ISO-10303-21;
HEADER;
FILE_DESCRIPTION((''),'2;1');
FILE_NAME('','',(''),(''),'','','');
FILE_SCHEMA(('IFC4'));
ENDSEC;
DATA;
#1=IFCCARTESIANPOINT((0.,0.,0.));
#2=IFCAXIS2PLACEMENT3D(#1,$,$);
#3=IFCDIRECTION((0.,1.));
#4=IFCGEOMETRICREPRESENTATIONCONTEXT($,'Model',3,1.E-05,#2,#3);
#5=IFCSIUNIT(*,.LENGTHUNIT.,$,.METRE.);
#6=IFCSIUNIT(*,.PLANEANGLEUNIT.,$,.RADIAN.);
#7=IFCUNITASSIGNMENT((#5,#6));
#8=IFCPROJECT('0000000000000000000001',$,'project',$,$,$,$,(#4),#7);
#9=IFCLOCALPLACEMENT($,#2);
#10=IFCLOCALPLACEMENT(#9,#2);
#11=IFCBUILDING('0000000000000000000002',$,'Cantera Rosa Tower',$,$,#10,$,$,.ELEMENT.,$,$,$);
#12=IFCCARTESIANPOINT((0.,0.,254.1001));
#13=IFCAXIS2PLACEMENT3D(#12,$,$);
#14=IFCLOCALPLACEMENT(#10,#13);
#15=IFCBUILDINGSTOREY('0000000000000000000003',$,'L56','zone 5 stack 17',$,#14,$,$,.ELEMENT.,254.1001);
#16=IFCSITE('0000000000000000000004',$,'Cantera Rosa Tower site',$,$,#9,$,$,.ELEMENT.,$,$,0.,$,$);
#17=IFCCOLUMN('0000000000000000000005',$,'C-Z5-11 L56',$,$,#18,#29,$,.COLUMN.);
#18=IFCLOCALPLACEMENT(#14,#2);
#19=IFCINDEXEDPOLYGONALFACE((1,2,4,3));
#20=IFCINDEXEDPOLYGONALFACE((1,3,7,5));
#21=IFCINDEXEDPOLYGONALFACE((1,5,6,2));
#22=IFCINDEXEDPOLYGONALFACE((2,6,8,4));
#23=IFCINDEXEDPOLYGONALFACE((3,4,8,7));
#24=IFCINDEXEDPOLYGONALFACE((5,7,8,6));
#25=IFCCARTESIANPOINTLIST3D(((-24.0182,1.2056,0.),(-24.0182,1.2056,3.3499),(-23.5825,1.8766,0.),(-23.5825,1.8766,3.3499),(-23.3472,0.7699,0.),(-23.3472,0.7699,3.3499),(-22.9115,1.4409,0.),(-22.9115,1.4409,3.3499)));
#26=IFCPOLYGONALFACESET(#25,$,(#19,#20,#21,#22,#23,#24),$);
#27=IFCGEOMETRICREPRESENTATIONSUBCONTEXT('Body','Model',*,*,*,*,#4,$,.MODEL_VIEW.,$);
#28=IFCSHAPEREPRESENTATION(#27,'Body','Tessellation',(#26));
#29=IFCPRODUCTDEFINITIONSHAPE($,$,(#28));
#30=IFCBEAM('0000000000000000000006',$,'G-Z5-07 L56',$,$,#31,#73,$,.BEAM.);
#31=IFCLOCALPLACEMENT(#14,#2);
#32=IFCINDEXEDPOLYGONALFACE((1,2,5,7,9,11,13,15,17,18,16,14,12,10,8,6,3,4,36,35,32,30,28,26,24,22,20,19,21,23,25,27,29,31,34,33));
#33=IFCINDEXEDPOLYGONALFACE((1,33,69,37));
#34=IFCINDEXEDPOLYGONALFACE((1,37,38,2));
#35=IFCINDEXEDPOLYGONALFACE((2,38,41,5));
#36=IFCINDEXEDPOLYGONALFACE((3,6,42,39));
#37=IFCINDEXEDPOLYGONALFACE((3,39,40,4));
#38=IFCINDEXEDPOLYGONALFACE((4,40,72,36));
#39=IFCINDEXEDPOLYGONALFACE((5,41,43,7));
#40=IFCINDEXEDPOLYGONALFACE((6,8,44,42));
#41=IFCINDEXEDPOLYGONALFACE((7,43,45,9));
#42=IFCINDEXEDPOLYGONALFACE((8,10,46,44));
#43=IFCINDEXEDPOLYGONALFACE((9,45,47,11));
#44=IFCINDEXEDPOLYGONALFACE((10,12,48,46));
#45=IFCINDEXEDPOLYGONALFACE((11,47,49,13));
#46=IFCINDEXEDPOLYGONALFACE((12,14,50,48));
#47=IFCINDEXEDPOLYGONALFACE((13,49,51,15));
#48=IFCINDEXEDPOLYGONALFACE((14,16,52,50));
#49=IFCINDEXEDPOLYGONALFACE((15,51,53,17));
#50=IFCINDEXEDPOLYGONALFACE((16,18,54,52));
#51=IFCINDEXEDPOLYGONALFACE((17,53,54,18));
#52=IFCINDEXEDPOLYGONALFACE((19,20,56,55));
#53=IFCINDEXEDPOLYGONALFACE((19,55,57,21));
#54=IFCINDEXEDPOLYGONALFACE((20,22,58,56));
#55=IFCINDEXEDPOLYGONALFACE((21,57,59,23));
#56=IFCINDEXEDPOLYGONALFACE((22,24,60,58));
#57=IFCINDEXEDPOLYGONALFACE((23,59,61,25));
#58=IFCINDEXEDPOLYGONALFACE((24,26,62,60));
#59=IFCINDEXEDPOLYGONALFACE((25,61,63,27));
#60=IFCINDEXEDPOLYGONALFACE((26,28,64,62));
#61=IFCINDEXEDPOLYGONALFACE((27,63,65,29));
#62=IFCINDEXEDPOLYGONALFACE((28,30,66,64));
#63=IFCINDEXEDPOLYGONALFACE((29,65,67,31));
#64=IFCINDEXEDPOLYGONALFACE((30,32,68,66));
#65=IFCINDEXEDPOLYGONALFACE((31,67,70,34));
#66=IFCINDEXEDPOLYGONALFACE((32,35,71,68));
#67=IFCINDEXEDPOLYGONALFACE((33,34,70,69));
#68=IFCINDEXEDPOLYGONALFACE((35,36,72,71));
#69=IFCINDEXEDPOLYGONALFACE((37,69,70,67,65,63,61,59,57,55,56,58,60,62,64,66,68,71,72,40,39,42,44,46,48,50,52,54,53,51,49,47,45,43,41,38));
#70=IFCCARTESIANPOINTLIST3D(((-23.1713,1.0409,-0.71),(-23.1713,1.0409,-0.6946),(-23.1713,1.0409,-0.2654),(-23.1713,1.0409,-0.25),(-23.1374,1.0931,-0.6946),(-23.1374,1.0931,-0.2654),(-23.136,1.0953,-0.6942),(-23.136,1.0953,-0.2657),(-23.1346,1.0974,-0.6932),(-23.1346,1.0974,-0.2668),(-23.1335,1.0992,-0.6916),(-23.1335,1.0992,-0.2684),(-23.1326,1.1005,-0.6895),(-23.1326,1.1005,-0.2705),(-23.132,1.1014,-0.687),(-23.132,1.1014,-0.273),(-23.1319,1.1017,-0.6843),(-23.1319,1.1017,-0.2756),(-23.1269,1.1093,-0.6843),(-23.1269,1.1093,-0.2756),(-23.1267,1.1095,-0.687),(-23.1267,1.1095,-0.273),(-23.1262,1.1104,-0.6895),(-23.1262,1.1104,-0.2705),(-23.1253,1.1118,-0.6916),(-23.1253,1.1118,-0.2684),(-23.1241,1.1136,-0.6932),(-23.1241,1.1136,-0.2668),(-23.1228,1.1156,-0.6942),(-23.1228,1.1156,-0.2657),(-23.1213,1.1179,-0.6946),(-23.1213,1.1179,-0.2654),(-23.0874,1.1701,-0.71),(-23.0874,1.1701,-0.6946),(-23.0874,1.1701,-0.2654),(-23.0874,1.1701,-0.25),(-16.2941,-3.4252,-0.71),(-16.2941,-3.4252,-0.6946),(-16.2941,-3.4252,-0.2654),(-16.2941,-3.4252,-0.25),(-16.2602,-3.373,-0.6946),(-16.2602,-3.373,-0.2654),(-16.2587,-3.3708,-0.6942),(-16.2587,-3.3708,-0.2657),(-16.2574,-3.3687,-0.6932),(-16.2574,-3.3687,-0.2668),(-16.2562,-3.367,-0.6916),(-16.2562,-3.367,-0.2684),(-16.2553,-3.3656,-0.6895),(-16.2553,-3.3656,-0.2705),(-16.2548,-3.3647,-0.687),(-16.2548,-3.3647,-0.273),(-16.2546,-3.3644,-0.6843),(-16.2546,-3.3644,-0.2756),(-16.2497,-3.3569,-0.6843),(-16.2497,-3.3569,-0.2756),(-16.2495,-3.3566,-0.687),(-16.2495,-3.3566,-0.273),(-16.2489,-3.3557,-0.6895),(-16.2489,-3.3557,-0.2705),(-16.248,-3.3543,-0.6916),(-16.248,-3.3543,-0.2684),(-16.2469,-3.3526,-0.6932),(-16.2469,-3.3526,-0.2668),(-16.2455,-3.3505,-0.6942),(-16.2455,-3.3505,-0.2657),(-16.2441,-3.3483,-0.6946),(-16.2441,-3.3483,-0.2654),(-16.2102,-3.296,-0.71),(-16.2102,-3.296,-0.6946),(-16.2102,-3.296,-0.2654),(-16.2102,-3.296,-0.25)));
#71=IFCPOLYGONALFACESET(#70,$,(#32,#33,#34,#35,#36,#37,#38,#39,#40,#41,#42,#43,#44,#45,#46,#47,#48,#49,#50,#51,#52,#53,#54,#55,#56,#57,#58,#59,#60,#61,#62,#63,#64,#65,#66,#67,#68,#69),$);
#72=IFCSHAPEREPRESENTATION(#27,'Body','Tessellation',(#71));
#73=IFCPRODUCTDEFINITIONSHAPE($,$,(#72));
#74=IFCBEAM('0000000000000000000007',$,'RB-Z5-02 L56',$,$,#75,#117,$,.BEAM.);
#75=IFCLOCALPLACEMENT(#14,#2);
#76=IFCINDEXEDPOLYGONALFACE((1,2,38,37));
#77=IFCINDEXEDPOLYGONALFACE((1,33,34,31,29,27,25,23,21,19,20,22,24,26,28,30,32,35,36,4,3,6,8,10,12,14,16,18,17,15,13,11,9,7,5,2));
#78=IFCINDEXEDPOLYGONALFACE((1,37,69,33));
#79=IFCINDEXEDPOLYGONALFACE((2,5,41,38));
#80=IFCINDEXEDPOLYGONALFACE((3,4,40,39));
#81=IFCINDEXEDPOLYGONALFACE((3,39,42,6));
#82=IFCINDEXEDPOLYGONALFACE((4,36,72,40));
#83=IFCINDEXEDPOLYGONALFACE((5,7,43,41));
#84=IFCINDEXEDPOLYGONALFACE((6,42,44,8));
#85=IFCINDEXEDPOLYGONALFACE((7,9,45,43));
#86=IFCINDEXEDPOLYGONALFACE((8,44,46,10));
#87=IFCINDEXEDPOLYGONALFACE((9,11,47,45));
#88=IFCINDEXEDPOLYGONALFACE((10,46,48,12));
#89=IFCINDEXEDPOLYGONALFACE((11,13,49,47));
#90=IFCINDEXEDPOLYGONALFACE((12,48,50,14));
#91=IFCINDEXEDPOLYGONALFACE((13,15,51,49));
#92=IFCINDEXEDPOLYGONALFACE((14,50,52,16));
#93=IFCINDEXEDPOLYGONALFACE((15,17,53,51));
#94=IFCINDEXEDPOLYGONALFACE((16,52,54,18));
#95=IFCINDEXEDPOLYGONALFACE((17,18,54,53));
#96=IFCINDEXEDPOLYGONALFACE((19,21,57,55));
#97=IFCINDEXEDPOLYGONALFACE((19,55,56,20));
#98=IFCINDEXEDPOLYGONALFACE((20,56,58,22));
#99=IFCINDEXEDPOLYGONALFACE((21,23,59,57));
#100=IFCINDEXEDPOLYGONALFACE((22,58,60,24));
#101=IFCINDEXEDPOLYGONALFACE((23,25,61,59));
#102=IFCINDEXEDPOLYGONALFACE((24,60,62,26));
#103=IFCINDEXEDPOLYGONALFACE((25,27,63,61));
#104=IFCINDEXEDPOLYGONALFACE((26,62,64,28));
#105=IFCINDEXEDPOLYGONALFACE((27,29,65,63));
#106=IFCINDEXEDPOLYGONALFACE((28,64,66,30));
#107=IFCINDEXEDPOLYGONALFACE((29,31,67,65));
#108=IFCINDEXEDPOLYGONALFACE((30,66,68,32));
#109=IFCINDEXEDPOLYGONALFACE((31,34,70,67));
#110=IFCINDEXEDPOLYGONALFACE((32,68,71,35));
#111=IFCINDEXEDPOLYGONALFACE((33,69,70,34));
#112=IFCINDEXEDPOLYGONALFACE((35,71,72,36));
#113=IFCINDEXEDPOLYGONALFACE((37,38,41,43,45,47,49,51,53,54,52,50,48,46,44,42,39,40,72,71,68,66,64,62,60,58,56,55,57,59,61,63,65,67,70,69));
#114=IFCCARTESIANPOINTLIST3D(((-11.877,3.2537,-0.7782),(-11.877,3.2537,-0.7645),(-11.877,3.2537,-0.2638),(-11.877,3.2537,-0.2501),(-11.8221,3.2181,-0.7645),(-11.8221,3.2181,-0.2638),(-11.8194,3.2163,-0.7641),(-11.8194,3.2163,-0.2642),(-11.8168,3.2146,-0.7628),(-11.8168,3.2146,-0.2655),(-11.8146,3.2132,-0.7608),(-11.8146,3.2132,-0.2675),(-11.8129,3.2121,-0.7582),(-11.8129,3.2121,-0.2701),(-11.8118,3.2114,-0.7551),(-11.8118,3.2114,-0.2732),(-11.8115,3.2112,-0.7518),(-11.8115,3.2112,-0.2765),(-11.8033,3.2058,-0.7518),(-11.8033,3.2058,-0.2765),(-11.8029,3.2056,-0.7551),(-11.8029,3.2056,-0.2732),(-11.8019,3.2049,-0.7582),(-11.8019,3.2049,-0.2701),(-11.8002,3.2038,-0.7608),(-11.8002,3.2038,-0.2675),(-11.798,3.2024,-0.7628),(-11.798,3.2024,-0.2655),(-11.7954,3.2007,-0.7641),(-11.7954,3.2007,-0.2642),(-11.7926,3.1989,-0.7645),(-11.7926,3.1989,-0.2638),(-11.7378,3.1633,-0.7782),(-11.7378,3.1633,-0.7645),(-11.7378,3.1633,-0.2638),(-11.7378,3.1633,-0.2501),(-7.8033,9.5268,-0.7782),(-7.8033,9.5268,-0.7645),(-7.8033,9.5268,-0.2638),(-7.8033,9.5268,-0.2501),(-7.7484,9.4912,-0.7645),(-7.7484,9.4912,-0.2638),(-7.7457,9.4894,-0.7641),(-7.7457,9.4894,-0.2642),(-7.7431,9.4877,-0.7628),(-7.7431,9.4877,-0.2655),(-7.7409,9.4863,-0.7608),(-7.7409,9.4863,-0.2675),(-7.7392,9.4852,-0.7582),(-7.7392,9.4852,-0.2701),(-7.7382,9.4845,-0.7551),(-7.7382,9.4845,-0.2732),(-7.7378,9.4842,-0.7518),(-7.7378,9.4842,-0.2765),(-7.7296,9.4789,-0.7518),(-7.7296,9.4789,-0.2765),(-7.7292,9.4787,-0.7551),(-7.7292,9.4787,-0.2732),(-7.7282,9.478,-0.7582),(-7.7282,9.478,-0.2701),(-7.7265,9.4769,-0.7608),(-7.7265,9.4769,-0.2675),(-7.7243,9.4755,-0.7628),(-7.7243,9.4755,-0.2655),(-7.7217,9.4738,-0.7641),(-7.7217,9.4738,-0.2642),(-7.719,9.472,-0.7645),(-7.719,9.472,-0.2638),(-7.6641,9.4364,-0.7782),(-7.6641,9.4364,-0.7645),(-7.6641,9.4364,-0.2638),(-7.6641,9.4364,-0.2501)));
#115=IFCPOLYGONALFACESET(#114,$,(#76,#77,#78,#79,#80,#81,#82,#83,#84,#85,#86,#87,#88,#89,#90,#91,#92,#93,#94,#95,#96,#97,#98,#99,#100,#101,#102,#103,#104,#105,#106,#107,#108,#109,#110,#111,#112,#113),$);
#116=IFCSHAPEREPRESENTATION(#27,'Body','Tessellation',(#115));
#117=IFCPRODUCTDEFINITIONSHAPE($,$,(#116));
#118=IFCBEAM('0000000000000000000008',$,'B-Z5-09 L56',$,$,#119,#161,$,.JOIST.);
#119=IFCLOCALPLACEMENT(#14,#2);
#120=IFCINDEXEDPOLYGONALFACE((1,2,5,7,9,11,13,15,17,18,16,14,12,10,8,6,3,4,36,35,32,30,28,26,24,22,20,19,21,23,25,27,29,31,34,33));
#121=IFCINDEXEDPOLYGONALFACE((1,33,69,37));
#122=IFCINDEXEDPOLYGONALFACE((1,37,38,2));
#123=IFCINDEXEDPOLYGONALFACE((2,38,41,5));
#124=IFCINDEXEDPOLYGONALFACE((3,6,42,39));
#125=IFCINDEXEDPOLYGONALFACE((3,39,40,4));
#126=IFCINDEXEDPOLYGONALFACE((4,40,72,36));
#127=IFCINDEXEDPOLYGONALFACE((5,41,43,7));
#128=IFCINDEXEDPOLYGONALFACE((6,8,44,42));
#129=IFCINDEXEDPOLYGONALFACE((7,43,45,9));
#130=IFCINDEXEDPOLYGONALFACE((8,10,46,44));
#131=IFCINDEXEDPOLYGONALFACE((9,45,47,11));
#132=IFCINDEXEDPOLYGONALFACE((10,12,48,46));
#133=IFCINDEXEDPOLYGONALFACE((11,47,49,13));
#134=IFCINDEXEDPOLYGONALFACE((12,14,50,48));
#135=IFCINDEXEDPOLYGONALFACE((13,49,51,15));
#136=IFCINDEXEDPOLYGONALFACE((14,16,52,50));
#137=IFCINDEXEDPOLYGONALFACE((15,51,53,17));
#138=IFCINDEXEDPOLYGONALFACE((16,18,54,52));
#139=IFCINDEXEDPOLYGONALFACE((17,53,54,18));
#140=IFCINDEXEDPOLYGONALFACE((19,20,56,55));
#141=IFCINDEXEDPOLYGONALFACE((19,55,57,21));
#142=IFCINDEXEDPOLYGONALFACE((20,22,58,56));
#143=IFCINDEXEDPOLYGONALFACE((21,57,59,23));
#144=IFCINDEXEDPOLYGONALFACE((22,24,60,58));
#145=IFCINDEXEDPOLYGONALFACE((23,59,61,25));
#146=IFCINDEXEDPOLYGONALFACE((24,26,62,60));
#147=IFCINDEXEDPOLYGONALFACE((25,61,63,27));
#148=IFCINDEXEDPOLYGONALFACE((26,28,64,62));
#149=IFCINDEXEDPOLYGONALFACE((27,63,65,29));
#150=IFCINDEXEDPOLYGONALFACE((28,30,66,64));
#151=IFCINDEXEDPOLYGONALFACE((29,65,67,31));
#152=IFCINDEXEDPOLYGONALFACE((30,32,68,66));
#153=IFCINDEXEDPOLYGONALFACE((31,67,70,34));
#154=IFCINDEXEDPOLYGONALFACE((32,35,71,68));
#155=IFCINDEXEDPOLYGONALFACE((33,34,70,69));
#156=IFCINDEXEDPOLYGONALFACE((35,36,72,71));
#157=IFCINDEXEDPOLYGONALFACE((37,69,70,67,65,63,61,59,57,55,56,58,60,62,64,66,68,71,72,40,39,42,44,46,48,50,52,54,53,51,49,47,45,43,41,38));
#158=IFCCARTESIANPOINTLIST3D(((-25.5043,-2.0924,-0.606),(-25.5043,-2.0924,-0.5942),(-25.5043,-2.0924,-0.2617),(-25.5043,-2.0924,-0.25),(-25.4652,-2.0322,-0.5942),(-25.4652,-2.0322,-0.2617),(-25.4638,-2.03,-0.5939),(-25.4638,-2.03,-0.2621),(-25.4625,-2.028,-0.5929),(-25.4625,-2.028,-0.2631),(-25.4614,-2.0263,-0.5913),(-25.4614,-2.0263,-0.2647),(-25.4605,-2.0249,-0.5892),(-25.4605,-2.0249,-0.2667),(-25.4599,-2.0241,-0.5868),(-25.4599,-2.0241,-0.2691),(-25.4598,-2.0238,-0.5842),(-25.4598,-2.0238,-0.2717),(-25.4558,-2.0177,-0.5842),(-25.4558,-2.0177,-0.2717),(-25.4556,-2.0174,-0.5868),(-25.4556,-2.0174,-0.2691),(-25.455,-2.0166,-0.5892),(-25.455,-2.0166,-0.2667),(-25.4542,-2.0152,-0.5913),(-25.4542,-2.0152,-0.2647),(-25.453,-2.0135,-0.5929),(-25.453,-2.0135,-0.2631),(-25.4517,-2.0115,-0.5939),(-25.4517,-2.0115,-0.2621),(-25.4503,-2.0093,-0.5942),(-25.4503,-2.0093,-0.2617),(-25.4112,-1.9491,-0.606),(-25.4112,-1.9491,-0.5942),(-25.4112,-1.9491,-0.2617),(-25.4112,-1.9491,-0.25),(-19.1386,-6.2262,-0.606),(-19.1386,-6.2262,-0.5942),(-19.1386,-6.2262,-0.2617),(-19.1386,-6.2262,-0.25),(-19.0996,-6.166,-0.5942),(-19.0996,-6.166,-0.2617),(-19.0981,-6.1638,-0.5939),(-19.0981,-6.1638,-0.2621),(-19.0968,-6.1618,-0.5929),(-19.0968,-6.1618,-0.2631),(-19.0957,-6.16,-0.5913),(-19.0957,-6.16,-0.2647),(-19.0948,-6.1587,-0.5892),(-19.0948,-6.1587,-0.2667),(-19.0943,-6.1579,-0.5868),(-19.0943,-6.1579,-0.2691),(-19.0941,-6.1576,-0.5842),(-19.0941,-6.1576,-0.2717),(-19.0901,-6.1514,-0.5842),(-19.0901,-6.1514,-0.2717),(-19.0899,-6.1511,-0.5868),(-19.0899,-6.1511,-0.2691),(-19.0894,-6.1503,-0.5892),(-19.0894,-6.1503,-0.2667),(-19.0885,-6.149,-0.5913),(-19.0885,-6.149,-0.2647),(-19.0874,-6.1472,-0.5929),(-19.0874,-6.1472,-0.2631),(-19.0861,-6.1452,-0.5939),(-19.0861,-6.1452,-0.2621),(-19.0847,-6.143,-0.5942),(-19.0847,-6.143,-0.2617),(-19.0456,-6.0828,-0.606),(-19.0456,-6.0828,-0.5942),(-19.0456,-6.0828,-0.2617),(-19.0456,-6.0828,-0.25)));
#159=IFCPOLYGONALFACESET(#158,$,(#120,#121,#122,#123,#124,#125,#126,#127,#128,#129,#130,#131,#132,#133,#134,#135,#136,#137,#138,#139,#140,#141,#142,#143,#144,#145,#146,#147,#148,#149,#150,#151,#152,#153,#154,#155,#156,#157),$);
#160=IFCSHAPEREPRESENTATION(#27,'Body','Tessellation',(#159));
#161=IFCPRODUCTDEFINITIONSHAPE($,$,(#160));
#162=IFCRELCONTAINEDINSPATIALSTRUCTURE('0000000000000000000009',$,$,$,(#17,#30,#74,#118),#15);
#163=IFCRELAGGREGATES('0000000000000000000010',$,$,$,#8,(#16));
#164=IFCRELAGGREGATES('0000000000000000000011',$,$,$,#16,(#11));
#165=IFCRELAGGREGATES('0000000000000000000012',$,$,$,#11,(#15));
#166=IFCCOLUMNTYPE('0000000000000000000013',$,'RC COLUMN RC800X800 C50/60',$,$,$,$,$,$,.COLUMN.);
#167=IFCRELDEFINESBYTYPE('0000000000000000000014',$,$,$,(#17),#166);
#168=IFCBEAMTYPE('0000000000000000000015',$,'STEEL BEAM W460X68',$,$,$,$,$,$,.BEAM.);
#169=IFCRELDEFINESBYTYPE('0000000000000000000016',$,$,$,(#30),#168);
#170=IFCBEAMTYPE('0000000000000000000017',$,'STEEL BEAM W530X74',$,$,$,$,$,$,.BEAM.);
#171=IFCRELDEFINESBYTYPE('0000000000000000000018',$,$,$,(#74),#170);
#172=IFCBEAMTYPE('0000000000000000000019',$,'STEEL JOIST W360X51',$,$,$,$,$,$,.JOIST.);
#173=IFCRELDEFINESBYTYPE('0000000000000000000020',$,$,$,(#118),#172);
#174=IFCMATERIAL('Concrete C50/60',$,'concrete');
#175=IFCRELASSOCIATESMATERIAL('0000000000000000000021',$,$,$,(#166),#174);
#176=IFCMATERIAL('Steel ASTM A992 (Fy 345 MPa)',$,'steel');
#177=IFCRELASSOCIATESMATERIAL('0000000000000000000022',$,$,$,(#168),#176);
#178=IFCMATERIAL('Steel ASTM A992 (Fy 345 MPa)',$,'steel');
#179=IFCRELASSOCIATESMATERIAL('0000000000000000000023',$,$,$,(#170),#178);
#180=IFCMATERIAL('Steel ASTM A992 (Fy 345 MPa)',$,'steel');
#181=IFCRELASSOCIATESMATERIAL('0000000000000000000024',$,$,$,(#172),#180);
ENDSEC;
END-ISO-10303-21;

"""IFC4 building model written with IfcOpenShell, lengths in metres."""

from ifc_helpers import new_model, si_unit, direction, frame, origin, origin_2d, place, context, subcontext, project, spatial, rectangle, i_section, extrude, material, material_profile, profile_set, type_object, element, save


model = new_model("IFC4")

# Units and contexts
model_context = context("Model", 3, precision=1e-05, world=origin(), true_north=direction((0.0, 1.0)))
body_context = subcontext(model_context, "Body", "Model", "MODEL_VIEW")
ifc_project = project(units=[si_unit("LENGTHUNIT", "METRE"), si_unit("PLANEANGLEUNIT", "RADIAN")], contexts=[model_context])

# Site, building, storey
site_placement = place(None, origin())
site = spatial("IfcSite", under=ifc_project, at=site_placement, Name="Cantera Rosa Tower site", CompositionType="ELEMENT", RefElevation=0.0)
building_placement = place(site_placement, origin())
building = spatial("IfcBuilding", under=site, at=building_placement, Name="Cantera Rosa Tower", CompositionType="ELEMENT")
storey_placement = place(building_placement, frame((0.0, 0.0, 254.1001)))
storey = spatial("IfcBuildingStorey", under=building, at=storey_placement, Name="L56", Description="zone 5 stack 17", CompositionType="ELEMENT", Elevation=254.1001)

# Column
ifc_material_1 = material(Name="Concrete C50/60", Category="concrete")
ifc_material_profile_1 = material_profile(ifc_material_1, rectangle(XDim=0.8, YDim=0.8, at=origin_2d()), Name="RC COLUMN RC800X800 C50/60")
ifc_profile_set_1 = profile_set([ifc_material_profile_1], Name="Concrete C50/60")
column_type = type_object("IfcColumnType", Name="RC COLUMN RC800X800 C50/60", PredefinedType="COLUMN", material=ifc_profile_set_1)
column_placement = place(storey_placement, frame((-23.4648, 1.3232, 0.0), z_axis=(0.0, 0.0, 1.0), x_axis=(0.544639, 0.838671, 0.0)))
element("IfcColumn", 1, at=column_placement, inside=storey, type_object=column_type, Name="C-Z5-11 L56", PredefinedType="COLUMN", context=body_context, shape_type="SweptSolid", body=[
    extrude(rectangle(XDim=0.8, YDim=0.8, at=origin_2d()), origin(), (0.0, 0.0, 1.0), 3.3499),
])

# Beams
ifc_material_2 = material(Name="Steel ASTM A992 (Fy 345 MPa)", Category="steel")
ifc_material_profile_2 = material_profile(ifc_material_2, i_section(OverallWidth=0.1541, OverallDepth=0.46, WebThickness=0.009, FlangeThickness=0.0154, FilletRadius=0.0103, at=origin_2d()), Name="W460X68")
ifc_profile_set_2 = profile_set([ifc_material_profile_2], Name="Steel ASTM A992 (Fy 345 MPa)")
beam_type_1 = type_object("IfcBeamType", Name="STEEL BEAM W460X68", PredefinedType="BEAM", material=ifc_profile_set_2)
beam_1_placement = place(storey_placement, frame((-23.1294, 1.1055, -0.48), z_axis=(0.838673, -0.544636, 0.0), x_axis=(0.544636, 0.838673, 0.0)))
element("IfcBeam", 2, at=beam_1_placement, inside=storey, type_object=beam_type_1, Name="G-Z5-07 L56", PredefinedType="BEAM", context=body_context, shape_type="SweptSolid", body=[
    extrude(i_section(OverallWidth=0.1541, OverallDepth=0.46, WebThickness=0.009, FlangeThickness=0.0154, FilletRadius=0.0103, at=origin_2d()), origin(), (0.0, 0.0, 1.0), 8.2002),
])
ifc_material_3 = material(Name="Steel ASTM A992 (Fy 345 MPa)", Category="steel")
ifc_material_profile_3 = material_profile(ifc_material_3, i_section(OverallWidth=0.166, OverallDepth=0.5281, WebThickness=0.0098, FlangeThickness=0.0137, FilletRadius=0.0127, at=origin_2d()), Name="W530X74")
ifc_profile_set_3 = profile_set([ifc_material_profile_3], Name="Steel ASTM A992 (Fy 345 MPa)")
beam_type_2 = type_object("IfcBeamType", Name="STEEL BEAM W530X74", PredefinedType="BEAM", material=ifc_profile_set_3)
beam_2_placement = place(storey_placement, frame((-11.8074, 3.2085, -0.5142), z_axis=(0.544627, 0.838678, 0.0), x_axis=(-0.838678, 0.544627, 0.0)))
element("IfcBeam", 3, at=beam_2_placement, inside=storey, type_object=beam_type_2, Name="RB-Z5-02 L56", PredefinedType="BEAM", context=body_context, shape_type="SweptSolid", body=[
    extrude(i_section(OverallWidth=0.166, OverallDepth=0.5281, WebThickness=0.0098, FlangeThickness=0.0137, FilletRadius=0.0127, at=origin_2d()), origin(), (0.0, 0.0, 1.0), 7.4797),
])
ifc_material_4 = material(Name="Steel ASTM A992 (Fy 345 MPa)", Category="steel")
ifc_material_profile_4 = material_profile(ifc_material_4, i_section(OverallWidth=0.1709, OverallDepth=0.356, WebThickness=0.0073, FlangeThickness=0.0117, FilletRadius=0.01, at=origin_2d()), Name="W360X51")
ifc_profile_set_4 = profile_set([ifc_material_profile_4], Name="Steel ASTM A992 (Fy 345 MPa)")
beam_type_3 = type_object("IfcBeamType", Name="STEEL JOIST W360X51", PredefinedType="JOIST", material=ifc_profile_set_4)
beam_3_placement = place(storey_placement, frame((-25.4578, -2.0208, -0.428), z_axis=(0.83868, -0.544624, 0.0), x_axis=(0.544624, 0.83868, 0.0)))
element("IfcBeam", 4, at=beam_3_placement, inside=storey, type_object=beam_type_3, Name="B-Z5-09 L56", PredefinedType="JOIST", context=body_context, shape_type="SweptSolid", body=[
    extrude(i_section(OverallWidth=0.1709, OverallDepth=0.356, WebThickness=0.0073, FlangeThickness=0.0117, FilletRadius=0.01, at=origin_2d()), origin(), (0.0, 0.0, 1.0), 7.5901),
])

save(model, "model.ifc")
